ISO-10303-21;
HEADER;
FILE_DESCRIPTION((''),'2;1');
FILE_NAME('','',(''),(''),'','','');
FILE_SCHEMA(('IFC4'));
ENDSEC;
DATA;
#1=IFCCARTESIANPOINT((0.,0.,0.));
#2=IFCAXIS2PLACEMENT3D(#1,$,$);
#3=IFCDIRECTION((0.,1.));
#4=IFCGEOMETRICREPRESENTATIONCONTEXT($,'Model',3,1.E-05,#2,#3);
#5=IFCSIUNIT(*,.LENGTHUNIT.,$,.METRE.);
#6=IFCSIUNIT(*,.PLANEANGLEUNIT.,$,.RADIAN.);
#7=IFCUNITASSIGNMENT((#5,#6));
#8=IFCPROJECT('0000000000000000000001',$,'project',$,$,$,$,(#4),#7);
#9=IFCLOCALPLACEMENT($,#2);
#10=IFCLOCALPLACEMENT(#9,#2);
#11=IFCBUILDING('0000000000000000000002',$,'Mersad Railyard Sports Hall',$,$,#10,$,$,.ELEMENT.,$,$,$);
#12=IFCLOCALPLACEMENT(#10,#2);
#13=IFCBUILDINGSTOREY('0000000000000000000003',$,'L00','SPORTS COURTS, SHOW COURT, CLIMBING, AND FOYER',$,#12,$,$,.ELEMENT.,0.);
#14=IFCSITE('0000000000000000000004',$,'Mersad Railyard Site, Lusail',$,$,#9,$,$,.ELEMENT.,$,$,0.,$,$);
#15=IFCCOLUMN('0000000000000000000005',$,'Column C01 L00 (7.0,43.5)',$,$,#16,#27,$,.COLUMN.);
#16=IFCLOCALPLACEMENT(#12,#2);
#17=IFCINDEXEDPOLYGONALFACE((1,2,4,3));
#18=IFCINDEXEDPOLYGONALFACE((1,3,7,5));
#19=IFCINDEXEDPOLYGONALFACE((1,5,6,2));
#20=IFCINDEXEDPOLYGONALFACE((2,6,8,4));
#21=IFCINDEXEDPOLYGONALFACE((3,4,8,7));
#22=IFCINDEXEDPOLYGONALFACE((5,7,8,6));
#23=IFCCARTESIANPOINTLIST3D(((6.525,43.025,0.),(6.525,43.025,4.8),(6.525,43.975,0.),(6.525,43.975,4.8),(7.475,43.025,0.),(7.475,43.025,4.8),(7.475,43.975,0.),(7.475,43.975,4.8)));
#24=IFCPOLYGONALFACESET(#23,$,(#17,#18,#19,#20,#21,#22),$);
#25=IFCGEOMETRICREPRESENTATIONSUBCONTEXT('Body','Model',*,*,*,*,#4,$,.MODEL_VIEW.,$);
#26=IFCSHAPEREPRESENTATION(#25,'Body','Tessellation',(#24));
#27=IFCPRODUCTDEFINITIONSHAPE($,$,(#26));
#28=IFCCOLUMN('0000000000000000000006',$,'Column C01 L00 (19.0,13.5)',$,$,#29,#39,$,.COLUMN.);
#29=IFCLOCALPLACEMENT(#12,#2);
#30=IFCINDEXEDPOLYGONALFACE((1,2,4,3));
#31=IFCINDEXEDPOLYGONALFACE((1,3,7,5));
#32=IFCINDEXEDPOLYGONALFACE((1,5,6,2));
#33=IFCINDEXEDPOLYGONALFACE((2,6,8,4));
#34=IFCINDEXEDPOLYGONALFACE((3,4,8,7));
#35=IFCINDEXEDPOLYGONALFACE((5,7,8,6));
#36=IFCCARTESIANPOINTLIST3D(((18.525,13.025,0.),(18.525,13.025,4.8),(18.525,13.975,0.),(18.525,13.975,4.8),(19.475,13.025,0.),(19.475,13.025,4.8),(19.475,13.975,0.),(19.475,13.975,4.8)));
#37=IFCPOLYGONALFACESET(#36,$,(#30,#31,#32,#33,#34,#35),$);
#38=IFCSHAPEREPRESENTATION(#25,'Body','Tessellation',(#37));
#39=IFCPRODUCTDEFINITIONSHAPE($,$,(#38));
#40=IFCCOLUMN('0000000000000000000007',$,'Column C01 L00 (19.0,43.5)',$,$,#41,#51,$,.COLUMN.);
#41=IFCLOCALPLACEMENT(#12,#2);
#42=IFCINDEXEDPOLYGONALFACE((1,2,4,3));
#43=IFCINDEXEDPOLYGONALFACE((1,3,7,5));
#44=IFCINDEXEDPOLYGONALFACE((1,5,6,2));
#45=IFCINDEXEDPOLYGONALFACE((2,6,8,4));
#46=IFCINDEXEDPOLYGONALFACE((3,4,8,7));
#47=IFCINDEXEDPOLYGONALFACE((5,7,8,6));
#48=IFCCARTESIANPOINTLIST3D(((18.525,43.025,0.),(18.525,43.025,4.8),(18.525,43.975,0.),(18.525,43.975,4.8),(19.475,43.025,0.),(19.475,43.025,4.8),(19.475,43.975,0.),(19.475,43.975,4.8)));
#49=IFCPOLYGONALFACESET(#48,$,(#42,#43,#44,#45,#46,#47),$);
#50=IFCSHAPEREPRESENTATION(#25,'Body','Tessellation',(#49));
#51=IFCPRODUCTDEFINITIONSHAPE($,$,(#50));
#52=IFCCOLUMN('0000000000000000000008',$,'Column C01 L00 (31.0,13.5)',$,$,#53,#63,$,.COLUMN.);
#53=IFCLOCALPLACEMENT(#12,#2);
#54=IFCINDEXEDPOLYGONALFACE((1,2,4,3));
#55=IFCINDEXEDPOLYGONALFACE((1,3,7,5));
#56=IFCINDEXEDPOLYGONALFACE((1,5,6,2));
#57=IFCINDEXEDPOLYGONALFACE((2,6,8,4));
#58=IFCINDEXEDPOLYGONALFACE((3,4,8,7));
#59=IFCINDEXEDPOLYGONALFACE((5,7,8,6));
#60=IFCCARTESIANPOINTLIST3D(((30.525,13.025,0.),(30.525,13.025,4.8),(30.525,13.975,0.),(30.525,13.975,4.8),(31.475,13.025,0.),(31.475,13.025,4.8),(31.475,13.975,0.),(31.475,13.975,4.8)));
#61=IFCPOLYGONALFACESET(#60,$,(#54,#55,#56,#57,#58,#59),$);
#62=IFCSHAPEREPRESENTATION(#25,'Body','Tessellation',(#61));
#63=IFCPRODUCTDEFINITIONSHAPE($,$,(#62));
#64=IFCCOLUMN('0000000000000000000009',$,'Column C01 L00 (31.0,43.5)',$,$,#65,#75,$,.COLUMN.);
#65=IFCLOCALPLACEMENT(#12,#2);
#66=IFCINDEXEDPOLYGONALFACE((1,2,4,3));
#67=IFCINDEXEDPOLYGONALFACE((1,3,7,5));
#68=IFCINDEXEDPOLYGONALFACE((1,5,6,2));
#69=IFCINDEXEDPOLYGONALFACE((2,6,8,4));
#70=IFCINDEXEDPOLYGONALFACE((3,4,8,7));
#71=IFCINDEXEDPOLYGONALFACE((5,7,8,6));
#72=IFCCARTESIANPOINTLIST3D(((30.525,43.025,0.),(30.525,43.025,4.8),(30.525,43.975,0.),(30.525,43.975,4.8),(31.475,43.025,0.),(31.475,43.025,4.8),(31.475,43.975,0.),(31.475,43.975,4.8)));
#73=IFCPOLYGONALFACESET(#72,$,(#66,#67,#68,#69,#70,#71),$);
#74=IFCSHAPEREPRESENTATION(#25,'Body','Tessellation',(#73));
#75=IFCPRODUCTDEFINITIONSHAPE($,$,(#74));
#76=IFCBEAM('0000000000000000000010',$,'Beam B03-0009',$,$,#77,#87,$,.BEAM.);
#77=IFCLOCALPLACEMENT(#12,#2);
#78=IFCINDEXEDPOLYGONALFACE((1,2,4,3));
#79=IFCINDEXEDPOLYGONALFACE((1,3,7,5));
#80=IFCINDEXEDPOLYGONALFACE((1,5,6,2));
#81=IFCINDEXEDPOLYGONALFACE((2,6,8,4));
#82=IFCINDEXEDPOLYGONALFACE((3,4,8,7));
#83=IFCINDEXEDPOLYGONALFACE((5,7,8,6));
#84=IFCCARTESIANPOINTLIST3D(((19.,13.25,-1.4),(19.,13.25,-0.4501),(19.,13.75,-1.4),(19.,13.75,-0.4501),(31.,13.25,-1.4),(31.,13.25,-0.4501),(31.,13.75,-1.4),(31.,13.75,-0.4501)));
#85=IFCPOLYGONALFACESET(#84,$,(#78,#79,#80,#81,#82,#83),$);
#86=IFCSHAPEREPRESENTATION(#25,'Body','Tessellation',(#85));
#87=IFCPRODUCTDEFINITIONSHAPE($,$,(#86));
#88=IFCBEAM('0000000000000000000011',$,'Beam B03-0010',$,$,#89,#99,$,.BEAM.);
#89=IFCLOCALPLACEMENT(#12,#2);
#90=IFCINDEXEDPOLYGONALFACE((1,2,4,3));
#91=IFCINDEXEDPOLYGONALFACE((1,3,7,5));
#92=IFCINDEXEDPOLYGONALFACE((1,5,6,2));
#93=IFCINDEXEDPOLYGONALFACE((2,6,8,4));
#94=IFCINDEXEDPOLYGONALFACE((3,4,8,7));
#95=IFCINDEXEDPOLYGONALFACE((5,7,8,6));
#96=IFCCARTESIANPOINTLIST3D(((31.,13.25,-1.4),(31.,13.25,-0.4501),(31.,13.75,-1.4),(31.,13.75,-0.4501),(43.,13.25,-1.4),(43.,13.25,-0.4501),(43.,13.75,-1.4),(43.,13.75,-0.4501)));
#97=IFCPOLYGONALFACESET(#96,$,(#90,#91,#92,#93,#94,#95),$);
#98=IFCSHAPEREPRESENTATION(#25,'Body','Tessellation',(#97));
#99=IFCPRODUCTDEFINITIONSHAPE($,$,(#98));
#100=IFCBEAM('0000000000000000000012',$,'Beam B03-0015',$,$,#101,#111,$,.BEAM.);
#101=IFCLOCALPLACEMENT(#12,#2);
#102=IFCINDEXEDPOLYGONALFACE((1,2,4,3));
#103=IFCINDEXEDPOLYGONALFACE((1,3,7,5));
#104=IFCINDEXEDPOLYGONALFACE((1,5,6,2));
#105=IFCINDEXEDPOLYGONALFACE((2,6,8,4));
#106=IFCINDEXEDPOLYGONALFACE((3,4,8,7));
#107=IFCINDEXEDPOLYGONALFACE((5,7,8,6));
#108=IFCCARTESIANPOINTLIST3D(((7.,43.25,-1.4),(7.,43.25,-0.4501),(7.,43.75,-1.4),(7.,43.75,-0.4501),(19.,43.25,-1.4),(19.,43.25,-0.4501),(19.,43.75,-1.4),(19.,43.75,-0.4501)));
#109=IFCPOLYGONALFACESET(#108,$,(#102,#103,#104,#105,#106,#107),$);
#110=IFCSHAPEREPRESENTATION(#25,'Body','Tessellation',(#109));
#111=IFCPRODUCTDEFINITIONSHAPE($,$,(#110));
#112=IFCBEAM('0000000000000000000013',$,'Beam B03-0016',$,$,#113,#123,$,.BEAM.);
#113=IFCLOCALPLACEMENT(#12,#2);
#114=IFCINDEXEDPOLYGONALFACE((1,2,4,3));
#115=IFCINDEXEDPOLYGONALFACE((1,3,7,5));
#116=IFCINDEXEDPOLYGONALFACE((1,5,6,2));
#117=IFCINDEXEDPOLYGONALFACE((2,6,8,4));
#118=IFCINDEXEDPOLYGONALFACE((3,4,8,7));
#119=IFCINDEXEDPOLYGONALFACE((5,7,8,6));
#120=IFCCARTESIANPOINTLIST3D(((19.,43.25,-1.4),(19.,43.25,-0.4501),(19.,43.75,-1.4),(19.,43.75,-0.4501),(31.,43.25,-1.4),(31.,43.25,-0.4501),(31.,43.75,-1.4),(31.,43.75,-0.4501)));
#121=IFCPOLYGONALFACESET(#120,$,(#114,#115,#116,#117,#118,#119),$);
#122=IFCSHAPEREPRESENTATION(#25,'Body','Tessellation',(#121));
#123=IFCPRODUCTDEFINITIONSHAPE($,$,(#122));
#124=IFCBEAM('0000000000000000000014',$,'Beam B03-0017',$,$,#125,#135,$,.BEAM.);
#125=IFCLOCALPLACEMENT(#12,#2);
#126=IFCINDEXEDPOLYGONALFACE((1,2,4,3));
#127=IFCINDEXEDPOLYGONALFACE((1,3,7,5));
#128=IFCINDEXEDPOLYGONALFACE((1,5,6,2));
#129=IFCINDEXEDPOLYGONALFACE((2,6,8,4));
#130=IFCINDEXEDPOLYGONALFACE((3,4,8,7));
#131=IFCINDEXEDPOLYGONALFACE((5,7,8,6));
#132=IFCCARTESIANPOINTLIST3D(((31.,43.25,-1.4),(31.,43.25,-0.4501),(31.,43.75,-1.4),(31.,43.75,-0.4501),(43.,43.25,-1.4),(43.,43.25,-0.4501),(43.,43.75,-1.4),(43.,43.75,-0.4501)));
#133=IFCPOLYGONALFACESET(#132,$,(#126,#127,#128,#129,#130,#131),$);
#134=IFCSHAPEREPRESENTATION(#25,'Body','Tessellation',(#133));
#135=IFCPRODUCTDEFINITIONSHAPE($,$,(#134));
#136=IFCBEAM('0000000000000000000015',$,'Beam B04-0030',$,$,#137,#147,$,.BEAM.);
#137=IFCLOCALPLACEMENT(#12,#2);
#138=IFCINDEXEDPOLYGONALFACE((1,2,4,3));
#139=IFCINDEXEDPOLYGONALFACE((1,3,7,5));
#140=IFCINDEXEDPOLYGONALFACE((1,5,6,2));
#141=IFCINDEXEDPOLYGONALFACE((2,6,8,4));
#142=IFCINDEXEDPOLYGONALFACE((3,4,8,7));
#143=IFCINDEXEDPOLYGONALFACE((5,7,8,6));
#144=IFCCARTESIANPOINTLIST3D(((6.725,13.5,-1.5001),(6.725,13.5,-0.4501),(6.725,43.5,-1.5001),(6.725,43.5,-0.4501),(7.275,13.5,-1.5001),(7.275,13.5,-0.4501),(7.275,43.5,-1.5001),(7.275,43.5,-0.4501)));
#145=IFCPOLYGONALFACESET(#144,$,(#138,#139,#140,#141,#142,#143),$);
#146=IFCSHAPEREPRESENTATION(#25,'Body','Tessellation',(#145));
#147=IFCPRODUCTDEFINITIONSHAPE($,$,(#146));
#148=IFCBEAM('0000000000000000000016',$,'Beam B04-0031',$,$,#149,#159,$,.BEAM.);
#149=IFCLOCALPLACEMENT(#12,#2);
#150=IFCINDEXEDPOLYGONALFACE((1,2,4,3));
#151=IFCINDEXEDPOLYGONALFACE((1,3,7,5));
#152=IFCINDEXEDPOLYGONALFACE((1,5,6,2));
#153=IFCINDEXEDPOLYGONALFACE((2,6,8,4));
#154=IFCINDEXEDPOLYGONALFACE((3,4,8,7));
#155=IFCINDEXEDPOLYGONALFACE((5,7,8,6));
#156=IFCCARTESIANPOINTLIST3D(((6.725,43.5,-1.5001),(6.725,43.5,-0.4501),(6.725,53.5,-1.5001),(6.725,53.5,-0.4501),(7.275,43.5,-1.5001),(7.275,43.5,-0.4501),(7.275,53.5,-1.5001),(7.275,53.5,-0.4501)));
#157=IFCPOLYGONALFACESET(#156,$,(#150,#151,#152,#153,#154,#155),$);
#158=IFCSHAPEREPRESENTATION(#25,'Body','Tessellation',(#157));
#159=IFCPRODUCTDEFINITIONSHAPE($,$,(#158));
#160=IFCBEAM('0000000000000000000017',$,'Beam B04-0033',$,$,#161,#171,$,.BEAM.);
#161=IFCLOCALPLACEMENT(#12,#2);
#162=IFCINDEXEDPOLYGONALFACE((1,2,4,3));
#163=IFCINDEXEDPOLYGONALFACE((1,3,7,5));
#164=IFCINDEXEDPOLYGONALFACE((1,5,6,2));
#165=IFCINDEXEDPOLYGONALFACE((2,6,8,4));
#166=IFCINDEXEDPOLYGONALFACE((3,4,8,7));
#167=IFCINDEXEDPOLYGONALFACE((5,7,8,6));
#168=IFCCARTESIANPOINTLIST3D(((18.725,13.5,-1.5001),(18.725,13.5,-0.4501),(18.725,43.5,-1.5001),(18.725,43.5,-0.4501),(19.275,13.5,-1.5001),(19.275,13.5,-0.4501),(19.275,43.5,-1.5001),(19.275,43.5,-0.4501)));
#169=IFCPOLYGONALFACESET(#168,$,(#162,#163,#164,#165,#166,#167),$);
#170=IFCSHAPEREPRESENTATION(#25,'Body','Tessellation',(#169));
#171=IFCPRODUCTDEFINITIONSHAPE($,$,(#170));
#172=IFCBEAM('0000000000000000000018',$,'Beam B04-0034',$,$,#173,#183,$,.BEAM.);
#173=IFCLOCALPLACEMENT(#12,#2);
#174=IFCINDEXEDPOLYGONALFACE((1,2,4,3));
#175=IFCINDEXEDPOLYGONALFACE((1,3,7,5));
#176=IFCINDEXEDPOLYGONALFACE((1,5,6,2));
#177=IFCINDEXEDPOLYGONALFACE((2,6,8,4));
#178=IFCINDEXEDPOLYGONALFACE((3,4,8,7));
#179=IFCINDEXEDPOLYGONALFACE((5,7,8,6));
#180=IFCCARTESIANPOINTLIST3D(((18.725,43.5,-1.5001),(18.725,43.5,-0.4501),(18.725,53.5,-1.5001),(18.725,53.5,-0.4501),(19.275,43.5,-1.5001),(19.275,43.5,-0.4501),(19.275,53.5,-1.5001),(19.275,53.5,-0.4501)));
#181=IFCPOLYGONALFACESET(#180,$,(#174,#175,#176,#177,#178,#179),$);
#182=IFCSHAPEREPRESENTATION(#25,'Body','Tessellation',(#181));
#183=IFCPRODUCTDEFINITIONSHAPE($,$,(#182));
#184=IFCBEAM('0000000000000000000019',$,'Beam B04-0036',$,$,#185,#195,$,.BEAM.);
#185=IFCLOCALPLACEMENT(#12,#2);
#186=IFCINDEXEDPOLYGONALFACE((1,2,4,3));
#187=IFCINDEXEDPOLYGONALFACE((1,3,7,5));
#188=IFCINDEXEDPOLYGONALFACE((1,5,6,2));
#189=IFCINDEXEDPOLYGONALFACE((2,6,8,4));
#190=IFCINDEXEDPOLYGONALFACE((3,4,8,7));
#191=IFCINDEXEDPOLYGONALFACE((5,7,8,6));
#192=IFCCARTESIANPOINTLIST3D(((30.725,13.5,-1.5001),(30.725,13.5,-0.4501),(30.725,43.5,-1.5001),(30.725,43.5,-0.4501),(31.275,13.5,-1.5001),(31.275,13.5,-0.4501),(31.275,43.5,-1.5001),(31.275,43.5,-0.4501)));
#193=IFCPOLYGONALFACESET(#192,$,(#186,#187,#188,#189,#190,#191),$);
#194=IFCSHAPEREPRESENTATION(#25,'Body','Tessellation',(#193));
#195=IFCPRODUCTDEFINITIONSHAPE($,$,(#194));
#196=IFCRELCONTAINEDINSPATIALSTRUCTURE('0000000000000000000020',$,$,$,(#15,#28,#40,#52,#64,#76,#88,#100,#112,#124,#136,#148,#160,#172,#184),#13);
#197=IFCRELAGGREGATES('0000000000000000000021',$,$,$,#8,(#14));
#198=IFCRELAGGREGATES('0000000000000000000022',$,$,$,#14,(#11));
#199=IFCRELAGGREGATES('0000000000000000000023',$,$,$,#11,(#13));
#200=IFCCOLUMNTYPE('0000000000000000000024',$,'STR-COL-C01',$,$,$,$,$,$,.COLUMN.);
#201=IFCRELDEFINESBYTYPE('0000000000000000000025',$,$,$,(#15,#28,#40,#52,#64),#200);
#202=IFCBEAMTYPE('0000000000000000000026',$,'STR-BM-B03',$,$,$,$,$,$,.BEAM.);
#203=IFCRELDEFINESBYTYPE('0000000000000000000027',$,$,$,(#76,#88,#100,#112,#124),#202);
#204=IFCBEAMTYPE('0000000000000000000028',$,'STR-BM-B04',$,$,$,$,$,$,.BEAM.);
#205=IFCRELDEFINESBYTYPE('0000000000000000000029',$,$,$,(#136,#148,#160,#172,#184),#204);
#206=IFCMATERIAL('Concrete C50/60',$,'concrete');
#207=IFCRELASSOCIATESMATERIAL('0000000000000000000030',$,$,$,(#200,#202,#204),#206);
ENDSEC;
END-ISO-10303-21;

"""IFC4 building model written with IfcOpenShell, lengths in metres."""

from ifc_helpers import new_model, si_unit, direction, frame, origin, origin_2d, place, context, subcontext, project, spatial, rectangle, extrude, material, material_profile, profile_set, type_object, element, save


model = new_model("IFC4")

# Units and contexts
model_context = context("Model", 3, precision=1e-05, world=origin(), true_north=direction((0.0, 1.0)))
body_context = subcontext(model_context, "Body", "Model", "MODEL_VIEW")
ifc_project = project(units=[si_unit("LENGTHUNIT", "METRE"), si_unit("PLANEANGLEUNIT", "RADIAN")], contexts=[model_context])

# Site, building, storey
site_placement = place(None, origin())
site = spatial("IfcSite", under=ifc_project, at=site_placement, Name="Mersad Railyard Site, Lusail", CompositionType="ELEMENT", RefElevation=0.0)
building_placement = place(site_placement, origin())
building = spatial("IfcBuilding", under=site, at=building_placement, Name="Mersad Railyard Sports Hall", CompositionType="ELEMENT")
storey_placement = place(building_placement, origin())
storey = spatial("IfcBuildingStorey", under=building, at=storey_placement, Name="L00", Description="SPORTS COURTS, SHOW COURT, CLIMBING, AND FOYER", CompositionType="ELEMENT", Elevation=0.0)

# Columns
ifc_material_1 = material(Name="Concrete C50/60", Category="concrete")
ifc_material_profile_1 = material_profile(ifc_material_1, rectangle(XDim=0.95, YDim=0.95, at=origin_2d()), Name="RC 950x950")
ifc_profile_set_1 = profile_set([ifc_material_profile_1], Name="Concrete C50/60")
column_type = type_object("IfcColumnType", Name="STR-COL-C01", PredefinedType="COLUMN", material=ifc_profile_set_1)
for number, where, z_axis, x_axis, name in (
    (1, (7.0, 43.5, 0.0), (0.0, 0.0, 1.0), (1.0, 0.0, 0.0), "Column C01 L00 (7.0,43.5)"),
    (2, (19.0, 13.5, 0.0), (0.0, 0.0, 1.0), (1.0, 0.0, 0.0), "Column C01 L00 (19.0,13.5)"),
    (3, (19.0, 43.5, 0.0), (0.0, 0.0, 1.0), (1.0, 0.0, 0.0), "Column C01 L00 (19.0,43.5)"),
    (4, (31.0, 13.5, 0.0), (0.0, 0.0, 1.0), (1.0, 0.0, 0.0), "Column C01 L00 (31.0,13.5)"),
    (5, (31.0, 43.5, 0.0), (0.0, 0.0, 1.0), (1.0, 0.0, 0.0), "Column C01 L00 (31.0,43.5)"),
):
    element("IfcColumn", number, at=place(storey_placement, frame(where, z_axis=z_axis, x_axis=x_axis)), inside=storey, type_object=column_type, Name=name, PredefinedType="COLUMN", context=body_context, shape_type="SweptSolid", body=[
        extrude(rectangle(XDim=0.95, YDim=0.95, at=origin_2d()), origin(), (0.0, 0.0, 1.0), 4.8),
    ])

# Beams
ifc_material_profile_2 = material_profile(ifc_material_1, rectangle(XDim=0.5, YDim=0.95, at=origin_2d()), Name="RC 500x950")
ifc_profile_set_2 = profile_set([ifc_material_profile_2], Name="Concrete C50/60")
beam_type_1 = type_object("IfcBeamType", Name="STR-BM-B03", PredefinedType="BEAM", material=ifc_profile_set_2)
for number, where, z_axis, x_axis, name in (
    (6, (19.0, 13.5, -0.925), (1.0, 0.0, 0.0), (0.0, 1.0, 0.0), "Beam B03-0009"),
    (7, (31.0, 13.5, -0.925), (1.0, 0.0, 0.0), (0.0, 1.0, 0.0), "Beam B03-0010"),
    (8, (7.0, 43.5, -0.925), (1.0, 0.0, 0.0), (0.0, 1.0, 0.0), "Beam B03-0015"),
    (9, (19.0, 43.5, -0.925), (1.0, 0.0, 0.0), (0.0, 1.0, 0.0), "Beam B03-0016"),
    (10, (31.0, 43.5, -0.925), (1.0, 0.0, 0.0), (0.0, 1.0, 0.0), "Beam B03-0017"),
):
    element("IfcBeam", number, at=place(storey_placement, frame(where, z_axis=z_axis, x_axis=x_axis)), inside=storey, type_object=beam_type_1, Name=name, PredefinedType="BEAM", context=body_context, shape_type="SweptSolid", body=[
        extrude(rectangle(XDim=0.5, YDim=0.95, at=origin_2d()), origin(), (0.0, 0.0, 1.0), 12.0),
    ])
ifc_material_profile_3 = material_profile(ifc_material_1, rectangle(XDim=0.55, YDim=1.05, at=origin_2d()), Name="RC 550x1050")
ifc_profile_set_3 = profile_set([ifc_material_profile_3], Name="Concrete C50/60")
beam_type_2 = type_object("IfcBeamType", Name="STR-BM-B04", PredefinedType="BEAM", material=ifc_profile_set_3)
beam_1_placement = place(storey_placement, frame((7.0, 13.5, -0.9751), z_axis=(0.0, 1.0, 0.0), x_axis=(-1.0, 0.0, 0.0)))
element("IfcBeam", 11, at=beam_1_placement, inside=storey, type_object=beam_type_2, Name="Beam B04-0030", PredefinedType="BEAM", context=body_context, shape_type="SweptSolid", body=[
    extrude(rectangle(XDim=0.55, YDim=1.05, at=origin_2d()), origin(), (0.0, 0.0, 1.0), 30.0),
])
beam_2_placement = place(storey_placement, frame((7.0, 43.5, -0.9751), z_axis=(0.0, 1.0, 0.0), x_axis=(-1.0, 0.0, 0.0)))
element("IfcBeam", 12, at=beam_2_placement, inside=storey, type_object=beam_type_2, Name="Beam B04-0031", PredefinedType="BEAM", context=body_context, shape_type="SweptSolid", body=[
    extrude(rectangle(XDim=0.55, YDim=1.05, at=origin_2d()), origin(), (0.0, 0.0, 1.0), 10.0),
])
beam_3_placement = place(storey_placement, frame((19.0, 13.5, -0.9751), z_axis=(0.0, 1.0, 0.0), x_axis=(-1.0, 0.0, 0.0)))
element("IfcBeam", 13, at=beam_3_placement, inside=storey, type_object=beam_type_2, Name="Beam B04-0033", PredefinedType="BEAM", context=body_context, shape_type="SweptSolid", body=[
    extrude(rectangle(XDim=0.55, YDim=1.05, at=origin_2d()), origin(), (0.0, 0.0, 1.0), 30.0),
])
beam_4_placement = place(storey_placement, frame((19.0, 43.5, -0.9751), z_axis=(0.0, 1.0, 0.0), x_axis=(-1.0, 0.0, 0.0)))
element("IfcBeam", 14, at=beam_4_placement, inside=storey, type_object=beam_type_2, Name="Beam B04-0034", PredefinedType="BEAM", context=body_context, shape_type="SweptSolid", body=[
    extrude(rectangle(XDim=0.55, YDim=1.05, at=origin_2d()), origin(), (0.0, 0.0, 1.0), 10.0),
])
beam_5_placement = place(storey_placement, frame((31.0, 13.5, -0.9751), z_axis=(0.0, 1.0, 0.0), x_axis=(-1.0, 0.0, 0.0)))
element("IfcBeam", 15, at=beam_5_placement, inside=storey, type_object=beam_type_2, Name="Beam B04-0036", PredefinedType="BEAM", context=body_context, shape_type="SweptSolid", body=[
    extrude(rectangle(XDim=0.55, YDim=1.05, at=origin_2d()), origin(), (0.0, 0.0, 1.0), 30.0),
])

save(model, "model.ifc")
